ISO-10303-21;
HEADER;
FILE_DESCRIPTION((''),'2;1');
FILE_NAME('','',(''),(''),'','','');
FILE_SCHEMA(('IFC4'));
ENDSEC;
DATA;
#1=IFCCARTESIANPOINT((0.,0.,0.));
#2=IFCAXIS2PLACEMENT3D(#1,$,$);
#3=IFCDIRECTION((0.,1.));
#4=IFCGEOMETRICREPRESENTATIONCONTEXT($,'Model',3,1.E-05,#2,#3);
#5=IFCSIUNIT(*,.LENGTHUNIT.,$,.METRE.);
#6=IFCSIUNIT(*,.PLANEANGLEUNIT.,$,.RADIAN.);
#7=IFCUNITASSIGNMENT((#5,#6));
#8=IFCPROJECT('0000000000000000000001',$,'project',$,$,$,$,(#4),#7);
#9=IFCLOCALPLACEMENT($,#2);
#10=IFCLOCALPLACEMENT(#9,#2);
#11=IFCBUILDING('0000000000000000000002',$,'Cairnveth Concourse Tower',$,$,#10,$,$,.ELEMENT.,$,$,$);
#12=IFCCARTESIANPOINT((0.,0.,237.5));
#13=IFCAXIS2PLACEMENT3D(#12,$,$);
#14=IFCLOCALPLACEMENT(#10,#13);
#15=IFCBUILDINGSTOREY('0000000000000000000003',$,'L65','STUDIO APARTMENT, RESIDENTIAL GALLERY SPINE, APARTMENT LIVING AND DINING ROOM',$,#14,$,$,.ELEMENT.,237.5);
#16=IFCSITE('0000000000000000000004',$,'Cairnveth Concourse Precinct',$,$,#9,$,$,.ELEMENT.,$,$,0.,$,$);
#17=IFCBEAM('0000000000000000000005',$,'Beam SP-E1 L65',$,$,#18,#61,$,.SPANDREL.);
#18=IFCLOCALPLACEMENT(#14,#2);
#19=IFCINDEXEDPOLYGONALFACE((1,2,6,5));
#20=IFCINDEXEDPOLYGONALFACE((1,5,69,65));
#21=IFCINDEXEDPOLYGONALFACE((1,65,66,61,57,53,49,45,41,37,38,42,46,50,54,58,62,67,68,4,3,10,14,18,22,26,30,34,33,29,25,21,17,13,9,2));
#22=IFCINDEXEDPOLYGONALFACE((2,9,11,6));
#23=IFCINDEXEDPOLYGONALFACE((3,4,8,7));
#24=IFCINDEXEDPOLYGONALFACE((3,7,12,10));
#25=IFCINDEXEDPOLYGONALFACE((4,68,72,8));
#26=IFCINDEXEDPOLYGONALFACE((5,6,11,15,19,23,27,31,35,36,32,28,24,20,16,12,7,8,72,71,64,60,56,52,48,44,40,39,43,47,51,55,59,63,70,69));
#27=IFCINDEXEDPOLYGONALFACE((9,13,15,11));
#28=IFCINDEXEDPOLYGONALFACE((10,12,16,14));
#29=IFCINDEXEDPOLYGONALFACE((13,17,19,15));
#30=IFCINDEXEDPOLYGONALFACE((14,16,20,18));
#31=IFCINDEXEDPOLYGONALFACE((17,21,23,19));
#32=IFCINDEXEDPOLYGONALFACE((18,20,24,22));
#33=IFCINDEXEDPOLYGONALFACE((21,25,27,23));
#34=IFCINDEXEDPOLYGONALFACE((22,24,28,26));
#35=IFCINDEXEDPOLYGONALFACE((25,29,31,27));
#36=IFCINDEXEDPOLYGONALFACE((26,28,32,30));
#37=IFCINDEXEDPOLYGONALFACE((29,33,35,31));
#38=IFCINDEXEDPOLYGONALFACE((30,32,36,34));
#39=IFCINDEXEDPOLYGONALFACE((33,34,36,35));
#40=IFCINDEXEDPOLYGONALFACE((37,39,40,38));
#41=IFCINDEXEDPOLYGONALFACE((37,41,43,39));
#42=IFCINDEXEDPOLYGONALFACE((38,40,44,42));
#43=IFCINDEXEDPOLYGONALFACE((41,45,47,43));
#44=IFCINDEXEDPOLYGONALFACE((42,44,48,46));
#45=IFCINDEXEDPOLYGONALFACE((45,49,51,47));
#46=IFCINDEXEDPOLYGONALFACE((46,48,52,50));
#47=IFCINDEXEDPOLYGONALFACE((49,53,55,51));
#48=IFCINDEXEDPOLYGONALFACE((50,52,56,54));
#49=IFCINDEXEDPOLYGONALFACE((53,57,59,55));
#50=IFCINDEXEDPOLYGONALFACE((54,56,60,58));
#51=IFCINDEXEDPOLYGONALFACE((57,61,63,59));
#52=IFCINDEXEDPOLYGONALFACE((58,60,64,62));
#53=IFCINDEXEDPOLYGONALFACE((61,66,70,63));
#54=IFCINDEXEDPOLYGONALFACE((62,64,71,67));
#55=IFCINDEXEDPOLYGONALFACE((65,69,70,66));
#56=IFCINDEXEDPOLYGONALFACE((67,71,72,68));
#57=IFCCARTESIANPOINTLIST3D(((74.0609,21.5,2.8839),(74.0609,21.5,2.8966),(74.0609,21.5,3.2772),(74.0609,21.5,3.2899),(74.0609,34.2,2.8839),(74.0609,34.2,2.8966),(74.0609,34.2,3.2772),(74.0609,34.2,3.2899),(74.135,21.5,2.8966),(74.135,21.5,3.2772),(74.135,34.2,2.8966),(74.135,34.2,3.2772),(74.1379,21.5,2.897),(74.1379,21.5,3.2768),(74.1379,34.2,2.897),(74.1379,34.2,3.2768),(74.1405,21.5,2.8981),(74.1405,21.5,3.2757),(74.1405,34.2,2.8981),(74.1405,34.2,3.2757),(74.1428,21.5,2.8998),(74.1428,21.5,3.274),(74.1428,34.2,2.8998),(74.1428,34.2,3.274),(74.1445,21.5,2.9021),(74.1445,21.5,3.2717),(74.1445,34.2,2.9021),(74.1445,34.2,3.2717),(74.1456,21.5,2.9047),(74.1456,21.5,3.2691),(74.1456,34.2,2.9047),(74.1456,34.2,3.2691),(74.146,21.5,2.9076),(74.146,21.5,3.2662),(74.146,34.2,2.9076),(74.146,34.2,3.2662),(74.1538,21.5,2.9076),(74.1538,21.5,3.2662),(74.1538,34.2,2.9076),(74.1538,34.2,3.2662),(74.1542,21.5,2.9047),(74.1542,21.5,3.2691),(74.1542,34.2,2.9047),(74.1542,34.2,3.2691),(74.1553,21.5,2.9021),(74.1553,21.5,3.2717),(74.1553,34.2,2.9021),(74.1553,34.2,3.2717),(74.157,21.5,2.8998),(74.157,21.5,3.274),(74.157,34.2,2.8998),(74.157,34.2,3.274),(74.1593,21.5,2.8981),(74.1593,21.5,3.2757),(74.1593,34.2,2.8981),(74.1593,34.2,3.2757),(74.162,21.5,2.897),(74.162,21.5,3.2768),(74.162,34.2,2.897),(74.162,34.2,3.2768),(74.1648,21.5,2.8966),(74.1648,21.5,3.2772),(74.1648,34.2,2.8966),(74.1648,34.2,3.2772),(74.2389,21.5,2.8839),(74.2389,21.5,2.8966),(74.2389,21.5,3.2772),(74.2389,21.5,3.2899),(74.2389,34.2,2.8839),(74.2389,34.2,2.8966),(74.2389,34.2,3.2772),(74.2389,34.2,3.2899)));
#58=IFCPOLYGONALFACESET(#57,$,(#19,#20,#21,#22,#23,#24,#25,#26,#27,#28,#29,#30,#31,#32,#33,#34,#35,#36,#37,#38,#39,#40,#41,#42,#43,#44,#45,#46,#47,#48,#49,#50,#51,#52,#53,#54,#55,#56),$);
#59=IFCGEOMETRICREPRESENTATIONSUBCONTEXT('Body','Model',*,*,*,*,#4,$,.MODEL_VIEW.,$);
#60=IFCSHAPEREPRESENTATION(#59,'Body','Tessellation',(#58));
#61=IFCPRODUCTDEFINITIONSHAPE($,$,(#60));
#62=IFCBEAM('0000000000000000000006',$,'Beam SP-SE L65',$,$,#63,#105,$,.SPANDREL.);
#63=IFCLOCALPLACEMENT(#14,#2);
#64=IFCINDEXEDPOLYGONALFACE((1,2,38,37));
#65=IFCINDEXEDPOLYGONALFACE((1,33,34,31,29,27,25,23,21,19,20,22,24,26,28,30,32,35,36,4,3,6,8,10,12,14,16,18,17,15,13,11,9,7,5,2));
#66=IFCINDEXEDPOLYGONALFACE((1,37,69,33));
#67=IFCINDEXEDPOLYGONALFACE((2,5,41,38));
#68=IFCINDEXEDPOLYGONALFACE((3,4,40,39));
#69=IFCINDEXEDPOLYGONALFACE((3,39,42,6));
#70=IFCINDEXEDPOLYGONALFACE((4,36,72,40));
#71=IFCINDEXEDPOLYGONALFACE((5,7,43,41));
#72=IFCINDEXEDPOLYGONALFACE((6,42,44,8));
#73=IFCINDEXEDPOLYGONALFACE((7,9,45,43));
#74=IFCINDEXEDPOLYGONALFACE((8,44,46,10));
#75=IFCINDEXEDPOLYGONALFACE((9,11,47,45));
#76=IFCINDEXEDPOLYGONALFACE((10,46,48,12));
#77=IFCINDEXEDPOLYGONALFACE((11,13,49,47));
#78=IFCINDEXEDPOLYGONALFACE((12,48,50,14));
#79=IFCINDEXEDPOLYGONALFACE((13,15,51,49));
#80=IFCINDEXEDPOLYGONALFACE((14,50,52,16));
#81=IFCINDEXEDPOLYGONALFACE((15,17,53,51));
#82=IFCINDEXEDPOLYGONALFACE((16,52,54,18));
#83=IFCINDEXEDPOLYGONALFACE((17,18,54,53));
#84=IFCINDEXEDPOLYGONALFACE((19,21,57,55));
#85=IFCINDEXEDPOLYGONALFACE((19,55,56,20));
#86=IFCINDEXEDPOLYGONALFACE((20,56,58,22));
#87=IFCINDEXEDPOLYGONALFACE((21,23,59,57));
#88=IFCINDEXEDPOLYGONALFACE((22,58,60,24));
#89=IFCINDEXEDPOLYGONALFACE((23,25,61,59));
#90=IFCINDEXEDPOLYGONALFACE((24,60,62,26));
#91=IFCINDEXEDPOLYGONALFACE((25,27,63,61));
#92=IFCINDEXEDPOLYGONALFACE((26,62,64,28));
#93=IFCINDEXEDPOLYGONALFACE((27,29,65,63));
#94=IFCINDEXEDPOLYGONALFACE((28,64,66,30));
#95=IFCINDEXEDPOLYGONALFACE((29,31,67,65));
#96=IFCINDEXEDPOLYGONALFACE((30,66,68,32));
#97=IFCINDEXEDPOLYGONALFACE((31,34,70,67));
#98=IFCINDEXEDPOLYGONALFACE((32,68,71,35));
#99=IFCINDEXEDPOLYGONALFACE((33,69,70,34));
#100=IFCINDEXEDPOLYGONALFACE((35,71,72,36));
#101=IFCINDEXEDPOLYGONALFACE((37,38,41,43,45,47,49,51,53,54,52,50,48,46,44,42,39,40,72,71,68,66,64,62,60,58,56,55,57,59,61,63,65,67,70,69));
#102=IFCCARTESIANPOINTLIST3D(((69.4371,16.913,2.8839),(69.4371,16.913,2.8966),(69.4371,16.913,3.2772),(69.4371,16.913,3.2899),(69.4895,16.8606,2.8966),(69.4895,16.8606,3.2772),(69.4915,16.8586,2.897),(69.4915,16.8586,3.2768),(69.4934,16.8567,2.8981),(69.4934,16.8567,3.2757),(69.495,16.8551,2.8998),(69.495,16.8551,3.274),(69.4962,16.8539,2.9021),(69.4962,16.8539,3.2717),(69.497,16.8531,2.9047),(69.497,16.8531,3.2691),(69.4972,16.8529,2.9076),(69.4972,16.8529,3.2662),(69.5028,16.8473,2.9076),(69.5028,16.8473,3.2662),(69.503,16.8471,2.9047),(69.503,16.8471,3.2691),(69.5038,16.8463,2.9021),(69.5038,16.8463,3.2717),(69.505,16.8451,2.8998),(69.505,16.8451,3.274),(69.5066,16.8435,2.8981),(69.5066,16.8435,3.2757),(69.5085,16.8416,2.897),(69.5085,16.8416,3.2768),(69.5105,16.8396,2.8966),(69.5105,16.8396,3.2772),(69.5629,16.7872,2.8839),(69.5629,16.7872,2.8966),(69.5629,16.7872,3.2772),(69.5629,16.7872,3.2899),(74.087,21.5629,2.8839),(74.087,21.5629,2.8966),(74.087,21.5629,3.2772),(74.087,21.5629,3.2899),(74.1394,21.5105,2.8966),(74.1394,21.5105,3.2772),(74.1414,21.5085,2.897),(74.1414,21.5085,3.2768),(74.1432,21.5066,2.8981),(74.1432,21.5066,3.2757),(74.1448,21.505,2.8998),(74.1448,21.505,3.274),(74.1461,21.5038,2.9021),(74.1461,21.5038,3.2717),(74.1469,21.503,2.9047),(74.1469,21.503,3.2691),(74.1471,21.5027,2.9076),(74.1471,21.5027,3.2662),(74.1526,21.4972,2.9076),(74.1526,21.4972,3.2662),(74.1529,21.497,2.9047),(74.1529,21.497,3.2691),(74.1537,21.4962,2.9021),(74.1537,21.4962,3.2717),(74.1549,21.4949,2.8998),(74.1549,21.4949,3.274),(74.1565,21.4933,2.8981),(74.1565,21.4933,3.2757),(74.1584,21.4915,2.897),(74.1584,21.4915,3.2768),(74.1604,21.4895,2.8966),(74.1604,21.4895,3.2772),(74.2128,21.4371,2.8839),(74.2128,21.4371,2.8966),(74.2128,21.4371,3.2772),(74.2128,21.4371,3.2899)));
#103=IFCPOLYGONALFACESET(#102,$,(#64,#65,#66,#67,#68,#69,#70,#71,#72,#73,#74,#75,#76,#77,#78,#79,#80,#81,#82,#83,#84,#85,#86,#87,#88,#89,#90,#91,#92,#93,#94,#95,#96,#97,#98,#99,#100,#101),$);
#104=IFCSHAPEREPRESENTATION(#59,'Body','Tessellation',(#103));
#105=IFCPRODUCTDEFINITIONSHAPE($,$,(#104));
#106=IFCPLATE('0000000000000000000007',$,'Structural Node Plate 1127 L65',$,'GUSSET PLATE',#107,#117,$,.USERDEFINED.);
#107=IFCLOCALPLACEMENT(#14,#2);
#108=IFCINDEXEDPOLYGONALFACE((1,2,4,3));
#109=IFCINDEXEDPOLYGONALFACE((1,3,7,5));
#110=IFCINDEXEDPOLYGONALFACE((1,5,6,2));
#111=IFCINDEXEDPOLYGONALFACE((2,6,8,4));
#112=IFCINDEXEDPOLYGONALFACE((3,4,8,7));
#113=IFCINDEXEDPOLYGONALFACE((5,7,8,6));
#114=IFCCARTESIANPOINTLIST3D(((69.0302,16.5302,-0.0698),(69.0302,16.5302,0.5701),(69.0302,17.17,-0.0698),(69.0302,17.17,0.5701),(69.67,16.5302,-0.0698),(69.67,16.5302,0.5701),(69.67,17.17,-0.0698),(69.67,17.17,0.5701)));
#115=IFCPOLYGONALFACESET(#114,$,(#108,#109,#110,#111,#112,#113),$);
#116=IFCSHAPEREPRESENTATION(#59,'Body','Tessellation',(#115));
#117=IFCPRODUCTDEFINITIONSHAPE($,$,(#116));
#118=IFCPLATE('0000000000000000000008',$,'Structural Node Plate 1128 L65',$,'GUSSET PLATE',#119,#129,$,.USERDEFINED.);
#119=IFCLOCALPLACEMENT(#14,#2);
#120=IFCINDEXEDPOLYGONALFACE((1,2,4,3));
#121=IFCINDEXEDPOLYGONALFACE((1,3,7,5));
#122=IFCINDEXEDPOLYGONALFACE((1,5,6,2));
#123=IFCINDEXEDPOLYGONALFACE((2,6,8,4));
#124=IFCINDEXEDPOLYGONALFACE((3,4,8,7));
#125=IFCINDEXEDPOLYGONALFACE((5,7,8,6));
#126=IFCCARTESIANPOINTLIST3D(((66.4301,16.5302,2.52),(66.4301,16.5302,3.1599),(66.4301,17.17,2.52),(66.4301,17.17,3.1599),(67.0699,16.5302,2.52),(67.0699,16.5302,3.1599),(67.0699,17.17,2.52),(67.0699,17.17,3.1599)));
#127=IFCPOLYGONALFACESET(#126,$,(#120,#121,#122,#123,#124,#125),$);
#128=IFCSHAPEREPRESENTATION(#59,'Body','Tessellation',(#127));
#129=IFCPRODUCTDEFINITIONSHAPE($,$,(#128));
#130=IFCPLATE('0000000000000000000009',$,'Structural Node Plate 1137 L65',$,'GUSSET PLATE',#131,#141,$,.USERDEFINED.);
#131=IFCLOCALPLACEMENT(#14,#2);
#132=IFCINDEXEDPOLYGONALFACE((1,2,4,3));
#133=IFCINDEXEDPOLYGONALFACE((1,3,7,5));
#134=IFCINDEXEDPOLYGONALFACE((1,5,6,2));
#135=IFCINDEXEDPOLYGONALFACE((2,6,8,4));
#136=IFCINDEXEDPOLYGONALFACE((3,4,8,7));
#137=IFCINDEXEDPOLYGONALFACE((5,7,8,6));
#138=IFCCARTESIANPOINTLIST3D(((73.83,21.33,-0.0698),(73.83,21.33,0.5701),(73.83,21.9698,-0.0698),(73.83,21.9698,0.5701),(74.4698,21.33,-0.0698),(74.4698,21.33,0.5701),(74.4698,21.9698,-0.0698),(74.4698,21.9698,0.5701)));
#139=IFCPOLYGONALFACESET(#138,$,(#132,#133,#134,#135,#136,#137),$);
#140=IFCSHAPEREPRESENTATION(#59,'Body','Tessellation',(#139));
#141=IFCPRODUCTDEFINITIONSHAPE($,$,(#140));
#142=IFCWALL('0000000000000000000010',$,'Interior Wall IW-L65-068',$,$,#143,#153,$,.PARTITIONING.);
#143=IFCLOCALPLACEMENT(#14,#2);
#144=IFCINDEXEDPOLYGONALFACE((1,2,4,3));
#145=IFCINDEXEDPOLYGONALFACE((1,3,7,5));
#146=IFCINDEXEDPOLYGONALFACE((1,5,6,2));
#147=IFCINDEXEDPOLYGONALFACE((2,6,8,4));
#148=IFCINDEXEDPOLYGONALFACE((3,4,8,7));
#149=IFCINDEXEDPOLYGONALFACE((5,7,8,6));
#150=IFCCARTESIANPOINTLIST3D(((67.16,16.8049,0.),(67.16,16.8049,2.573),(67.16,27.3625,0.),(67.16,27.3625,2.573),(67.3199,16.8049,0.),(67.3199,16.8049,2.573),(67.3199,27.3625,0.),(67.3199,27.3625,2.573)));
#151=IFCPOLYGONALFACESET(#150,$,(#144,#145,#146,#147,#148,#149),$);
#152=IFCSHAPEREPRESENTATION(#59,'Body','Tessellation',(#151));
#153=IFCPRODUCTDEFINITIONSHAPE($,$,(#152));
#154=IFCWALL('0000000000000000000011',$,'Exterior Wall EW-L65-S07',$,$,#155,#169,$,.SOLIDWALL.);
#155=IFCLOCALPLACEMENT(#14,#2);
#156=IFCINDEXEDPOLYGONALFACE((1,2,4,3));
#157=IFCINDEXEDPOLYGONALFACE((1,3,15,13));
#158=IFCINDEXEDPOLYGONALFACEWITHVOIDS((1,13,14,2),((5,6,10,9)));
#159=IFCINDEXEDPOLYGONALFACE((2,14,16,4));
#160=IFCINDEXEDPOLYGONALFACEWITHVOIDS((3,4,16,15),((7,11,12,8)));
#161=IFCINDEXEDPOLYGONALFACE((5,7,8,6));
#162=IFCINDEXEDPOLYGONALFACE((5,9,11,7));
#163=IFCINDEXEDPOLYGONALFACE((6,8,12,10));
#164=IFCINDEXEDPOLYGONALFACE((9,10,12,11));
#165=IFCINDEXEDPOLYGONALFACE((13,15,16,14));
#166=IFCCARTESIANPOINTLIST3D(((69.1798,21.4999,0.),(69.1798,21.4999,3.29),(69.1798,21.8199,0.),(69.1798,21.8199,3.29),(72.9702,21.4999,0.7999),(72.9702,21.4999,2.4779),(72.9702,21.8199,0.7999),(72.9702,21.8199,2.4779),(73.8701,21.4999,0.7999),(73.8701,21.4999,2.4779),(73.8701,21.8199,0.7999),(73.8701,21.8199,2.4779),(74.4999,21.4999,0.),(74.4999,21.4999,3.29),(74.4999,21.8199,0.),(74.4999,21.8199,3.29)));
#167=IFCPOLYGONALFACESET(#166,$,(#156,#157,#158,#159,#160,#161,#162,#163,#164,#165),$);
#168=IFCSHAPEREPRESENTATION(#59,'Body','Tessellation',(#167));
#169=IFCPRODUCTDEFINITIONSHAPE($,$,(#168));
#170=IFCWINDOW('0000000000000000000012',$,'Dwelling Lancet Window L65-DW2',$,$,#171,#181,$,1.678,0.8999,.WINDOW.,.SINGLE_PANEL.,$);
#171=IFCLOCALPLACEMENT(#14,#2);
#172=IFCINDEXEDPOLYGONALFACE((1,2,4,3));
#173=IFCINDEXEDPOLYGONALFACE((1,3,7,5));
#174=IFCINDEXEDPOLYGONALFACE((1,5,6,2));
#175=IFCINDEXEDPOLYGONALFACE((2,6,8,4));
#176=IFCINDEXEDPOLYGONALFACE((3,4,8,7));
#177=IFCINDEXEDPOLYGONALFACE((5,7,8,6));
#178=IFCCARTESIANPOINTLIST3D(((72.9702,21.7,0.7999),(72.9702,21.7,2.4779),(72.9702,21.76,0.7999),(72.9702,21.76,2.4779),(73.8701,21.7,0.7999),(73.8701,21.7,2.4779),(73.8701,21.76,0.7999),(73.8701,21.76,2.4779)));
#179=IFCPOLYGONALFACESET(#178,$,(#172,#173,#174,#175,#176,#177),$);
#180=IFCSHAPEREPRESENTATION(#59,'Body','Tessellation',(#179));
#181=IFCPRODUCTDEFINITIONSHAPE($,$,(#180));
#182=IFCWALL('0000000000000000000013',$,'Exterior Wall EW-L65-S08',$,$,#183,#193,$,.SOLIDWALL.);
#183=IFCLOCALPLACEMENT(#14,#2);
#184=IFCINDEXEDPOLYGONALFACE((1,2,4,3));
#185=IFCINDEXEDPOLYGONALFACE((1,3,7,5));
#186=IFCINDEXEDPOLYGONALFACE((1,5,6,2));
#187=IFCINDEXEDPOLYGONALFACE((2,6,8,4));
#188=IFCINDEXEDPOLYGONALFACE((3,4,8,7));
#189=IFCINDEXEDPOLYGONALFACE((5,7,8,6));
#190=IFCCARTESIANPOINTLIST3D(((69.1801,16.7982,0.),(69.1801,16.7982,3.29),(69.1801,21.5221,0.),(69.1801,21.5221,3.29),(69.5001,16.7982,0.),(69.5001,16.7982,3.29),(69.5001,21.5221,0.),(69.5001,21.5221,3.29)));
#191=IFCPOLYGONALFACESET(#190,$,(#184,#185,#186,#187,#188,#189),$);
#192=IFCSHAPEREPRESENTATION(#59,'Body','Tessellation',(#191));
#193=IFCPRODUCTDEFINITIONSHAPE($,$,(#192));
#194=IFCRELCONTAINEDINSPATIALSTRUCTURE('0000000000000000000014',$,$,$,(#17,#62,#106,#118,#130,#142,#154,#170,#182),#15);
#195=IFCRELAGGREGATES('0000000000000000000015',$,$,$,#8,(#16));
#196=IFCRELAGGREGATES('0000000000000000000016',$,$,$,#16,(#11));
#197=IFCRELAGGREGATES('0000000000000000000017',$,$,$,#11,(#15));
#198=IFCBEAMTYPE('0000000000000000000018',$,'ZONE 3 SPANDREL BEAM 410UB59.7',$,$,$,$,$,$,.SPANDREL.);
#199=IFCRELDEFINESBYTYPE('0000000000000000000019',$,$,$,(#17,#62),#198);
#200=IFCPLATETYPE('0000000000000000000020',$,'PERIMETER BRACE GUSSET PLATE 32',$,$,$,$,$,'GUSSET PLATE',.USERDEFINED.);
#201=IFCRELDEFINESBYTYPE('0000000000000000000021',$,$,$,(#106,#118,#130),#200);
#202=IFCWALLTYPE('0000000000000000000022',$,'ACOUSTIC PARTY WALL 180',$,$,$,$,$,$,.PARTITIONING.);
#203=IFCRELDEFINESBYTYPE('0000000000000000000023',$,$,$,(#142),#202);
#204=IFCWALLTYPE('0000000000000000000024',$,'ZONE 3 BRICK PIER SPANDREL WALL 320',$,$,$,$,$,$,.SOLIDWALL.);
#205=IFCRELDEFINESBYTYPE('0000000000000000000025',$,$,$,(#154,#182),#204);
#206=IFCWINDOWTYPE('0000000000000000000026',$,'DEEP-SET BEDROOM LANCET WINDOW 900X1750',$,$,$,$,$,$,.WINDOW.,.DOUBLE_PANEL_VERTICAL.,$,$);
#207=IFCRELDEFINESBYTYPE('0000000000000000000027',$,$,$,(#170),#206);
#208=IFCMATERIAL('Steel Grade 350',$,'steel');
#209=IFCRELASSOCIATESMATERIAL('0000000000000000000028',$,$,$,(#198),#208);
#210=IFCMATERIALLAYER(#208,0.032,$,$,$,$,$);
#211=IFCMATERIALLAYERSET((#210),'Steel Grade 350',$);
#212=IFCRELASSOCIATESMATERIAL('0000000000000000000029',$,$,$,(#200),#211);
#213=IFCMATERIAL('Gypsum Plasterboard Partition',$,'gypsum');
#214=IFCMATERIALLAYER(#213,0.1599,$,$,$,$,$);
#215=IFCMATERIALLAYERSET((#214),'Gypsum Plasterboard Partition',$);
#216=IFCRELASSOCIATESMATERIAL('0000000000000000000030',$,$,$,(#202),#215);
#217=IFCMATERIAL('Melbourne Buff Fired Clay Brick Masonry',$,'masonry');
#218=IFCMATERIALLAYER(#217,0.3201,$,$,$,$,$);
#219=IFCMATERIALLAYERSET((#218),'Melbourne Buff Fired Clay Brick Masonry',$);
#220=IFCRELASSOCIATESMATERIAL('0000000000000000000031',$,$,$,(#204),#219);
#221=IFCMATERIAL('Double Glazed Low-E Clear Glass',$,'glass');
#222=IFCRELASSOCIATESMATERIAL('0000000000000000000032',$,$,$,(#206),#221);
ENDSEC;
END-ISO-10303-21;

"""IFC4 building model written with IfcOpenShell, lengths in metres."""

from ifc_helpers import new_model, si_unit, direction, frame, frame_2d, origin, origin_2d, place, context, subcontext, project, spatial, rectangle, i_section, extrude, material, layer, layer_set, material_profile, profile_set, type_object, element, fill, save


model = new_model("IFC4")

# Units and contexts
model_context = context("Model", 3, precision=1e-05, world=origin(), true_north=direction((0.0, 1.0)))
body_context = subcontext(model_context, "Body", "Model", "MODEL_VIEW")
ifc_project = project(units=[si_unit("LENGTHUNIT", "METRE"), si_unit("PLANEANGLEUNIT", "RADIAN")], contexts=[model_context])

# Site, building, storey
site_placement = place(None, origin())
site = spatial("IfcSite", under=ifc_project, at=site_placement, Name="Cairnveth Concourse Precinct", CompositionType="ELEMENT", RefElevation=0.0)
building_placement = place(site_placement, origin())
building = spatial("IfcBuilding", under=site, at=building_placement, Name="Cairnveth Concourse Tower", CompositionType="ELEMENT")
storey_placement = place(building_placement, frame((0.0, 0.0, 237.5)))
storey = spatial("IfcBuildingStorey", under=building, at=storey_placement, Name="L65", Description="STUDIO APARTMENT, RESIDENTIAL GALLERY SPINE, APARTMENT LIVING AND DINING ROOM", CompositionType="ELEMENT", Elevation=237.5)

# Shared definitions
ifc_material_1 = material(Name="Steel Grade 350", Category="steel")

# Beams
ifc_material_profile_1 = material_profile(ifc_material_1, i_section(OverallWidth=0.178, OverallDepth=0.406, WebThickness=0.0078, FlangeThickness=0.0127, FilletRadius=0.011, at=origin_2d()), Name="410UB59.7")
ifc_profile_set_1 = profile_set([ifc_material_profile_1], Name="Steel Grade 350")
beam_type_1 = type_object("IfcBeamType", Name="ZONE 3 SPANDREL BEAM 410UB59.7", PredefinedType="SPANDREL", material=ifc_profile_set_1)
beam_1_placement = place(storey_placement, frame((74.1499, 21.5, 3.0869), z_axis=(0.0, 1.0, 0.0), x_axis=(-1.0, 0.0, 0.0)))
element("IfcBeam", 1, at=beam_1_placement, inside=storey, type_object=beam_type_1, Name="Beam SP-E1 L65", PredefinedType="SPANDREL", context=body_context, shape_type="SweptSolid", body=[
    extrude(i_section(OverallWidth=0.178, OverallDepth=0.406, WebThickness=0.0078, FlangeThickness=0.0127, FilletRadius=0.011, at=origin_2d()), origin(), (0.0, 0.0, 1.0), 12.7),
])
beam_2_placement = place(storey_placement, frame((69.5, 16.8501, 3.0869), z_axis=(0.707107, 0.707107, 0.0), x_axis=(-0.707107, 0.707107, 0.0)))
element("IfcBeam", 2, at=beam_2_placement, inside=storey, type_object=beam_type_1, Name="Beam SP-SE L65", PredefinedType="SPANDREL", context=body_context, shape_type="SweptSolid", body=[
    extrude(i_section(OverallWidth=0.178, OverallDepth=0.406, WebThickness=0.0078, FlangeThickness=0.0127, FilletRadius=0.011, at=origin_2d()), origin(), (0.0, 0.0, 1.0), 6.5759),
])

# Plates
ifc_layer_1 = layer(ifc_material_1, 0.032)
ifc_layer_set_1 = layer_set([ifc_layer_1], Name="Steel Grade 350")
plate_type = type_object("IfcPlateType", Name="PERIMETER BRACE GUSSET PLATE 32", ElementType="GUSSET PLATE", PredefinedType="USERDEFINED", material=ifc_layer_set_1)
for number, where, z_axis, x_axis, name in (
    (3, (69.3501, 16.8501, -0.0698), (0.0, 0.0, 1.0), (1.0, 0.0, 0.0), "Structural Node Plate 1127 L65"),
    (4, (66.75, 16.8501, 2.52), (0.0, 0.0, 1.0), (1.0, 0.0, 0.0), "Structural Node Plate 1128 L65"),
    (5, (74.1499, 21.6499, -0.0698), (0.0, 0.0, 1.0), (1.0, 0.0, 0.0), "Structural Node Plate 1137 L65"),
):
    element("IfcPlate", number, at=place(storey_placement, frame(where, z_axis=z_axis, x_axis=x_axis)), inside=storey, type_object=plate_type, Name=name, ObjectType="GUSSET PLATE", PredefinedType="USERDEFINED", context=body_context, shape_type="SweptSolid", body=[
        extrude(rectangle(XDim=0.6399, YDim=0.6399, at=origin_2d()), origin(), (0.0, 0.0, 1.0), 0.6399),
    ])

# Wall
ifc_material_2 = material(Name="Gypsum Plasterboard Partition", Category="gypsum")
ifc_layer_2 = layer(ifc_material_2, 0.1599)
ifc_layer_set_2 = layer_set([ifc_layer_2], Name="Gypsum Plasterboard Partition")
wall_type_1 = type_object("IfcWallType", Name="ACOUSTIC PARTY WALL 180", PredefinedType="PARTITIONING", material=ifc_layer_set_2)
wall_1_placement = place(storey_placement, frame((67.24, 16.8049, 0.0), z_axis=(0.0, 0.0, 1.0), x_axis=(0.0, 1.0, 0.0)))
element("IfcWall", 6, at=wall_1_placement, inside=storey, type_object=wall_type_1, Name="Interior Wall IW-L65-068", PredefinedType="PARTITIONING", context=body_context, shape_type="SweptSolid", body=[
    extrude(rectangle(XDim=10.5576, YDim=0.1599, at=frame_2d((5.2788, 0.0))), origin(), (0.0, 0.0, 1.0), 2.573),
])

# Wall, opening, window
ifc_material_3 = material(Name="Melbourne Buff Fired Clay Brick Masonry", Category="masonry")
ifc_layer_3 = layer(ifc_material_3, 0.3201)
ifc_layer_set_3 = layer_set([ifc_layer_3], Name="Melbourne Buff Fired Clay Brick Masonry")
wall_type_2 = type_object("IfcWallType", Name="ZONE 3 BRICK PIER SPANDREL WALL 320", PredefinedType="SOLIDWALL", material=ifc_layer_set_3)
wall_2_placement = place(storey_placement, frame((74.5, 21.6599, 0.0), z_axis=(0.0, 0.0, 1.0), x_axis=(-1.0, 0.0, 0.0)))
wall_2 = element("IfcWall", 7, at=wall_2_placement, inside=storey, type_object=wall_type_2, Name="Exterior Wall EW-L65-S07", PredefinedType="SOLIDWALL", context=body_context, shape_type="SweptSolid", body=[
    extrude(rectangle(XDim=5.3201, YDim=0.3201, at=frame_2d((2.6602, 0.0))), origin(), (0.0, 0.0, 1.0), 3.29),
])
opening_1_placement = place(wall_2_placement, frame((0.6299, 0.0, 0.8)))
opening_1 = element("IfcOpeningElement", 8, at=opening_1_placement, cuts=wall_2, PredefinedType="OPENING", context=body_context, shape_type="SweptSolid", body=[
    extrude(rectangle(XDim=0.8999, YDim=1.678, at=frame_2d((0.45, 0.8389))), frame((0.0, 0.1699, 0.0), z_axis=(0.0, -1.0, 0.0), x_axis=(1.0, 0.0, 0.0)), (0.0, 0.0, 1.0), 0.3401),
])
ifc_material_4 = material(Name="Double Glazed Low-E Clear Glass", Category="glass")
window_type_1 = type_object("IfcWindowType", Name="DEEP-SET BEDROOM LANCET WINDOW 900X1750", PartitioningType="DOUBLE_PANEL_VERTICAL", PredefinedType="WINDOW", material=ifc_material_4)
window_1_placement = place(opening_1_placement, origin())
window_1 = element("IfcWindow", 9, at=window_1_placement, inside=storey, type_object=window_type_1, Name="Dwelling Lancet Window L65-DW2", OverallHeight=1.678, OverallWidth=0.8999, PartitioningType="SINGLE_PANEL", PredefinedType="WINDOW", context=body_context, shape_type="SweptSolid", body=[
    extrude(rectangle(XDim=0.8999, YDim=1.678, at=frame_2d((0.45, 0.8389))), frame((0.0, -0.04, 0.0), z_axis=(0.0, -1.0, 0.0), x_axis=(1.0, 0.0, 0.0)), (0.0, 0.0, 1.0), 0.0601),
])
fill(opening_1, window_1)

# Wall
wall_3_placement = place(storey_placement, frame((69.3401, 21.522, 0.0), z_axis=(0.0, 0.0, 1.0), x_axis=(0.0, -1.0, 0.0)))
element("IfcWall", 10, at=wall_3_placement, inside=storey, type_object=wall_type_2, Name="Exterior Wall EW-L65-S08", PredefinedType="SOLIDWALL", context=body_context, shape_type="SweptSolid", body=[
    extrude(rectangle(XDim=4.7239, YDim=0.3201, at=frame_2d((2.3618, 0.0))), origin(), (0.0, 0.0, 1.0), 3.29),
])

save(model, "model.ifc")
